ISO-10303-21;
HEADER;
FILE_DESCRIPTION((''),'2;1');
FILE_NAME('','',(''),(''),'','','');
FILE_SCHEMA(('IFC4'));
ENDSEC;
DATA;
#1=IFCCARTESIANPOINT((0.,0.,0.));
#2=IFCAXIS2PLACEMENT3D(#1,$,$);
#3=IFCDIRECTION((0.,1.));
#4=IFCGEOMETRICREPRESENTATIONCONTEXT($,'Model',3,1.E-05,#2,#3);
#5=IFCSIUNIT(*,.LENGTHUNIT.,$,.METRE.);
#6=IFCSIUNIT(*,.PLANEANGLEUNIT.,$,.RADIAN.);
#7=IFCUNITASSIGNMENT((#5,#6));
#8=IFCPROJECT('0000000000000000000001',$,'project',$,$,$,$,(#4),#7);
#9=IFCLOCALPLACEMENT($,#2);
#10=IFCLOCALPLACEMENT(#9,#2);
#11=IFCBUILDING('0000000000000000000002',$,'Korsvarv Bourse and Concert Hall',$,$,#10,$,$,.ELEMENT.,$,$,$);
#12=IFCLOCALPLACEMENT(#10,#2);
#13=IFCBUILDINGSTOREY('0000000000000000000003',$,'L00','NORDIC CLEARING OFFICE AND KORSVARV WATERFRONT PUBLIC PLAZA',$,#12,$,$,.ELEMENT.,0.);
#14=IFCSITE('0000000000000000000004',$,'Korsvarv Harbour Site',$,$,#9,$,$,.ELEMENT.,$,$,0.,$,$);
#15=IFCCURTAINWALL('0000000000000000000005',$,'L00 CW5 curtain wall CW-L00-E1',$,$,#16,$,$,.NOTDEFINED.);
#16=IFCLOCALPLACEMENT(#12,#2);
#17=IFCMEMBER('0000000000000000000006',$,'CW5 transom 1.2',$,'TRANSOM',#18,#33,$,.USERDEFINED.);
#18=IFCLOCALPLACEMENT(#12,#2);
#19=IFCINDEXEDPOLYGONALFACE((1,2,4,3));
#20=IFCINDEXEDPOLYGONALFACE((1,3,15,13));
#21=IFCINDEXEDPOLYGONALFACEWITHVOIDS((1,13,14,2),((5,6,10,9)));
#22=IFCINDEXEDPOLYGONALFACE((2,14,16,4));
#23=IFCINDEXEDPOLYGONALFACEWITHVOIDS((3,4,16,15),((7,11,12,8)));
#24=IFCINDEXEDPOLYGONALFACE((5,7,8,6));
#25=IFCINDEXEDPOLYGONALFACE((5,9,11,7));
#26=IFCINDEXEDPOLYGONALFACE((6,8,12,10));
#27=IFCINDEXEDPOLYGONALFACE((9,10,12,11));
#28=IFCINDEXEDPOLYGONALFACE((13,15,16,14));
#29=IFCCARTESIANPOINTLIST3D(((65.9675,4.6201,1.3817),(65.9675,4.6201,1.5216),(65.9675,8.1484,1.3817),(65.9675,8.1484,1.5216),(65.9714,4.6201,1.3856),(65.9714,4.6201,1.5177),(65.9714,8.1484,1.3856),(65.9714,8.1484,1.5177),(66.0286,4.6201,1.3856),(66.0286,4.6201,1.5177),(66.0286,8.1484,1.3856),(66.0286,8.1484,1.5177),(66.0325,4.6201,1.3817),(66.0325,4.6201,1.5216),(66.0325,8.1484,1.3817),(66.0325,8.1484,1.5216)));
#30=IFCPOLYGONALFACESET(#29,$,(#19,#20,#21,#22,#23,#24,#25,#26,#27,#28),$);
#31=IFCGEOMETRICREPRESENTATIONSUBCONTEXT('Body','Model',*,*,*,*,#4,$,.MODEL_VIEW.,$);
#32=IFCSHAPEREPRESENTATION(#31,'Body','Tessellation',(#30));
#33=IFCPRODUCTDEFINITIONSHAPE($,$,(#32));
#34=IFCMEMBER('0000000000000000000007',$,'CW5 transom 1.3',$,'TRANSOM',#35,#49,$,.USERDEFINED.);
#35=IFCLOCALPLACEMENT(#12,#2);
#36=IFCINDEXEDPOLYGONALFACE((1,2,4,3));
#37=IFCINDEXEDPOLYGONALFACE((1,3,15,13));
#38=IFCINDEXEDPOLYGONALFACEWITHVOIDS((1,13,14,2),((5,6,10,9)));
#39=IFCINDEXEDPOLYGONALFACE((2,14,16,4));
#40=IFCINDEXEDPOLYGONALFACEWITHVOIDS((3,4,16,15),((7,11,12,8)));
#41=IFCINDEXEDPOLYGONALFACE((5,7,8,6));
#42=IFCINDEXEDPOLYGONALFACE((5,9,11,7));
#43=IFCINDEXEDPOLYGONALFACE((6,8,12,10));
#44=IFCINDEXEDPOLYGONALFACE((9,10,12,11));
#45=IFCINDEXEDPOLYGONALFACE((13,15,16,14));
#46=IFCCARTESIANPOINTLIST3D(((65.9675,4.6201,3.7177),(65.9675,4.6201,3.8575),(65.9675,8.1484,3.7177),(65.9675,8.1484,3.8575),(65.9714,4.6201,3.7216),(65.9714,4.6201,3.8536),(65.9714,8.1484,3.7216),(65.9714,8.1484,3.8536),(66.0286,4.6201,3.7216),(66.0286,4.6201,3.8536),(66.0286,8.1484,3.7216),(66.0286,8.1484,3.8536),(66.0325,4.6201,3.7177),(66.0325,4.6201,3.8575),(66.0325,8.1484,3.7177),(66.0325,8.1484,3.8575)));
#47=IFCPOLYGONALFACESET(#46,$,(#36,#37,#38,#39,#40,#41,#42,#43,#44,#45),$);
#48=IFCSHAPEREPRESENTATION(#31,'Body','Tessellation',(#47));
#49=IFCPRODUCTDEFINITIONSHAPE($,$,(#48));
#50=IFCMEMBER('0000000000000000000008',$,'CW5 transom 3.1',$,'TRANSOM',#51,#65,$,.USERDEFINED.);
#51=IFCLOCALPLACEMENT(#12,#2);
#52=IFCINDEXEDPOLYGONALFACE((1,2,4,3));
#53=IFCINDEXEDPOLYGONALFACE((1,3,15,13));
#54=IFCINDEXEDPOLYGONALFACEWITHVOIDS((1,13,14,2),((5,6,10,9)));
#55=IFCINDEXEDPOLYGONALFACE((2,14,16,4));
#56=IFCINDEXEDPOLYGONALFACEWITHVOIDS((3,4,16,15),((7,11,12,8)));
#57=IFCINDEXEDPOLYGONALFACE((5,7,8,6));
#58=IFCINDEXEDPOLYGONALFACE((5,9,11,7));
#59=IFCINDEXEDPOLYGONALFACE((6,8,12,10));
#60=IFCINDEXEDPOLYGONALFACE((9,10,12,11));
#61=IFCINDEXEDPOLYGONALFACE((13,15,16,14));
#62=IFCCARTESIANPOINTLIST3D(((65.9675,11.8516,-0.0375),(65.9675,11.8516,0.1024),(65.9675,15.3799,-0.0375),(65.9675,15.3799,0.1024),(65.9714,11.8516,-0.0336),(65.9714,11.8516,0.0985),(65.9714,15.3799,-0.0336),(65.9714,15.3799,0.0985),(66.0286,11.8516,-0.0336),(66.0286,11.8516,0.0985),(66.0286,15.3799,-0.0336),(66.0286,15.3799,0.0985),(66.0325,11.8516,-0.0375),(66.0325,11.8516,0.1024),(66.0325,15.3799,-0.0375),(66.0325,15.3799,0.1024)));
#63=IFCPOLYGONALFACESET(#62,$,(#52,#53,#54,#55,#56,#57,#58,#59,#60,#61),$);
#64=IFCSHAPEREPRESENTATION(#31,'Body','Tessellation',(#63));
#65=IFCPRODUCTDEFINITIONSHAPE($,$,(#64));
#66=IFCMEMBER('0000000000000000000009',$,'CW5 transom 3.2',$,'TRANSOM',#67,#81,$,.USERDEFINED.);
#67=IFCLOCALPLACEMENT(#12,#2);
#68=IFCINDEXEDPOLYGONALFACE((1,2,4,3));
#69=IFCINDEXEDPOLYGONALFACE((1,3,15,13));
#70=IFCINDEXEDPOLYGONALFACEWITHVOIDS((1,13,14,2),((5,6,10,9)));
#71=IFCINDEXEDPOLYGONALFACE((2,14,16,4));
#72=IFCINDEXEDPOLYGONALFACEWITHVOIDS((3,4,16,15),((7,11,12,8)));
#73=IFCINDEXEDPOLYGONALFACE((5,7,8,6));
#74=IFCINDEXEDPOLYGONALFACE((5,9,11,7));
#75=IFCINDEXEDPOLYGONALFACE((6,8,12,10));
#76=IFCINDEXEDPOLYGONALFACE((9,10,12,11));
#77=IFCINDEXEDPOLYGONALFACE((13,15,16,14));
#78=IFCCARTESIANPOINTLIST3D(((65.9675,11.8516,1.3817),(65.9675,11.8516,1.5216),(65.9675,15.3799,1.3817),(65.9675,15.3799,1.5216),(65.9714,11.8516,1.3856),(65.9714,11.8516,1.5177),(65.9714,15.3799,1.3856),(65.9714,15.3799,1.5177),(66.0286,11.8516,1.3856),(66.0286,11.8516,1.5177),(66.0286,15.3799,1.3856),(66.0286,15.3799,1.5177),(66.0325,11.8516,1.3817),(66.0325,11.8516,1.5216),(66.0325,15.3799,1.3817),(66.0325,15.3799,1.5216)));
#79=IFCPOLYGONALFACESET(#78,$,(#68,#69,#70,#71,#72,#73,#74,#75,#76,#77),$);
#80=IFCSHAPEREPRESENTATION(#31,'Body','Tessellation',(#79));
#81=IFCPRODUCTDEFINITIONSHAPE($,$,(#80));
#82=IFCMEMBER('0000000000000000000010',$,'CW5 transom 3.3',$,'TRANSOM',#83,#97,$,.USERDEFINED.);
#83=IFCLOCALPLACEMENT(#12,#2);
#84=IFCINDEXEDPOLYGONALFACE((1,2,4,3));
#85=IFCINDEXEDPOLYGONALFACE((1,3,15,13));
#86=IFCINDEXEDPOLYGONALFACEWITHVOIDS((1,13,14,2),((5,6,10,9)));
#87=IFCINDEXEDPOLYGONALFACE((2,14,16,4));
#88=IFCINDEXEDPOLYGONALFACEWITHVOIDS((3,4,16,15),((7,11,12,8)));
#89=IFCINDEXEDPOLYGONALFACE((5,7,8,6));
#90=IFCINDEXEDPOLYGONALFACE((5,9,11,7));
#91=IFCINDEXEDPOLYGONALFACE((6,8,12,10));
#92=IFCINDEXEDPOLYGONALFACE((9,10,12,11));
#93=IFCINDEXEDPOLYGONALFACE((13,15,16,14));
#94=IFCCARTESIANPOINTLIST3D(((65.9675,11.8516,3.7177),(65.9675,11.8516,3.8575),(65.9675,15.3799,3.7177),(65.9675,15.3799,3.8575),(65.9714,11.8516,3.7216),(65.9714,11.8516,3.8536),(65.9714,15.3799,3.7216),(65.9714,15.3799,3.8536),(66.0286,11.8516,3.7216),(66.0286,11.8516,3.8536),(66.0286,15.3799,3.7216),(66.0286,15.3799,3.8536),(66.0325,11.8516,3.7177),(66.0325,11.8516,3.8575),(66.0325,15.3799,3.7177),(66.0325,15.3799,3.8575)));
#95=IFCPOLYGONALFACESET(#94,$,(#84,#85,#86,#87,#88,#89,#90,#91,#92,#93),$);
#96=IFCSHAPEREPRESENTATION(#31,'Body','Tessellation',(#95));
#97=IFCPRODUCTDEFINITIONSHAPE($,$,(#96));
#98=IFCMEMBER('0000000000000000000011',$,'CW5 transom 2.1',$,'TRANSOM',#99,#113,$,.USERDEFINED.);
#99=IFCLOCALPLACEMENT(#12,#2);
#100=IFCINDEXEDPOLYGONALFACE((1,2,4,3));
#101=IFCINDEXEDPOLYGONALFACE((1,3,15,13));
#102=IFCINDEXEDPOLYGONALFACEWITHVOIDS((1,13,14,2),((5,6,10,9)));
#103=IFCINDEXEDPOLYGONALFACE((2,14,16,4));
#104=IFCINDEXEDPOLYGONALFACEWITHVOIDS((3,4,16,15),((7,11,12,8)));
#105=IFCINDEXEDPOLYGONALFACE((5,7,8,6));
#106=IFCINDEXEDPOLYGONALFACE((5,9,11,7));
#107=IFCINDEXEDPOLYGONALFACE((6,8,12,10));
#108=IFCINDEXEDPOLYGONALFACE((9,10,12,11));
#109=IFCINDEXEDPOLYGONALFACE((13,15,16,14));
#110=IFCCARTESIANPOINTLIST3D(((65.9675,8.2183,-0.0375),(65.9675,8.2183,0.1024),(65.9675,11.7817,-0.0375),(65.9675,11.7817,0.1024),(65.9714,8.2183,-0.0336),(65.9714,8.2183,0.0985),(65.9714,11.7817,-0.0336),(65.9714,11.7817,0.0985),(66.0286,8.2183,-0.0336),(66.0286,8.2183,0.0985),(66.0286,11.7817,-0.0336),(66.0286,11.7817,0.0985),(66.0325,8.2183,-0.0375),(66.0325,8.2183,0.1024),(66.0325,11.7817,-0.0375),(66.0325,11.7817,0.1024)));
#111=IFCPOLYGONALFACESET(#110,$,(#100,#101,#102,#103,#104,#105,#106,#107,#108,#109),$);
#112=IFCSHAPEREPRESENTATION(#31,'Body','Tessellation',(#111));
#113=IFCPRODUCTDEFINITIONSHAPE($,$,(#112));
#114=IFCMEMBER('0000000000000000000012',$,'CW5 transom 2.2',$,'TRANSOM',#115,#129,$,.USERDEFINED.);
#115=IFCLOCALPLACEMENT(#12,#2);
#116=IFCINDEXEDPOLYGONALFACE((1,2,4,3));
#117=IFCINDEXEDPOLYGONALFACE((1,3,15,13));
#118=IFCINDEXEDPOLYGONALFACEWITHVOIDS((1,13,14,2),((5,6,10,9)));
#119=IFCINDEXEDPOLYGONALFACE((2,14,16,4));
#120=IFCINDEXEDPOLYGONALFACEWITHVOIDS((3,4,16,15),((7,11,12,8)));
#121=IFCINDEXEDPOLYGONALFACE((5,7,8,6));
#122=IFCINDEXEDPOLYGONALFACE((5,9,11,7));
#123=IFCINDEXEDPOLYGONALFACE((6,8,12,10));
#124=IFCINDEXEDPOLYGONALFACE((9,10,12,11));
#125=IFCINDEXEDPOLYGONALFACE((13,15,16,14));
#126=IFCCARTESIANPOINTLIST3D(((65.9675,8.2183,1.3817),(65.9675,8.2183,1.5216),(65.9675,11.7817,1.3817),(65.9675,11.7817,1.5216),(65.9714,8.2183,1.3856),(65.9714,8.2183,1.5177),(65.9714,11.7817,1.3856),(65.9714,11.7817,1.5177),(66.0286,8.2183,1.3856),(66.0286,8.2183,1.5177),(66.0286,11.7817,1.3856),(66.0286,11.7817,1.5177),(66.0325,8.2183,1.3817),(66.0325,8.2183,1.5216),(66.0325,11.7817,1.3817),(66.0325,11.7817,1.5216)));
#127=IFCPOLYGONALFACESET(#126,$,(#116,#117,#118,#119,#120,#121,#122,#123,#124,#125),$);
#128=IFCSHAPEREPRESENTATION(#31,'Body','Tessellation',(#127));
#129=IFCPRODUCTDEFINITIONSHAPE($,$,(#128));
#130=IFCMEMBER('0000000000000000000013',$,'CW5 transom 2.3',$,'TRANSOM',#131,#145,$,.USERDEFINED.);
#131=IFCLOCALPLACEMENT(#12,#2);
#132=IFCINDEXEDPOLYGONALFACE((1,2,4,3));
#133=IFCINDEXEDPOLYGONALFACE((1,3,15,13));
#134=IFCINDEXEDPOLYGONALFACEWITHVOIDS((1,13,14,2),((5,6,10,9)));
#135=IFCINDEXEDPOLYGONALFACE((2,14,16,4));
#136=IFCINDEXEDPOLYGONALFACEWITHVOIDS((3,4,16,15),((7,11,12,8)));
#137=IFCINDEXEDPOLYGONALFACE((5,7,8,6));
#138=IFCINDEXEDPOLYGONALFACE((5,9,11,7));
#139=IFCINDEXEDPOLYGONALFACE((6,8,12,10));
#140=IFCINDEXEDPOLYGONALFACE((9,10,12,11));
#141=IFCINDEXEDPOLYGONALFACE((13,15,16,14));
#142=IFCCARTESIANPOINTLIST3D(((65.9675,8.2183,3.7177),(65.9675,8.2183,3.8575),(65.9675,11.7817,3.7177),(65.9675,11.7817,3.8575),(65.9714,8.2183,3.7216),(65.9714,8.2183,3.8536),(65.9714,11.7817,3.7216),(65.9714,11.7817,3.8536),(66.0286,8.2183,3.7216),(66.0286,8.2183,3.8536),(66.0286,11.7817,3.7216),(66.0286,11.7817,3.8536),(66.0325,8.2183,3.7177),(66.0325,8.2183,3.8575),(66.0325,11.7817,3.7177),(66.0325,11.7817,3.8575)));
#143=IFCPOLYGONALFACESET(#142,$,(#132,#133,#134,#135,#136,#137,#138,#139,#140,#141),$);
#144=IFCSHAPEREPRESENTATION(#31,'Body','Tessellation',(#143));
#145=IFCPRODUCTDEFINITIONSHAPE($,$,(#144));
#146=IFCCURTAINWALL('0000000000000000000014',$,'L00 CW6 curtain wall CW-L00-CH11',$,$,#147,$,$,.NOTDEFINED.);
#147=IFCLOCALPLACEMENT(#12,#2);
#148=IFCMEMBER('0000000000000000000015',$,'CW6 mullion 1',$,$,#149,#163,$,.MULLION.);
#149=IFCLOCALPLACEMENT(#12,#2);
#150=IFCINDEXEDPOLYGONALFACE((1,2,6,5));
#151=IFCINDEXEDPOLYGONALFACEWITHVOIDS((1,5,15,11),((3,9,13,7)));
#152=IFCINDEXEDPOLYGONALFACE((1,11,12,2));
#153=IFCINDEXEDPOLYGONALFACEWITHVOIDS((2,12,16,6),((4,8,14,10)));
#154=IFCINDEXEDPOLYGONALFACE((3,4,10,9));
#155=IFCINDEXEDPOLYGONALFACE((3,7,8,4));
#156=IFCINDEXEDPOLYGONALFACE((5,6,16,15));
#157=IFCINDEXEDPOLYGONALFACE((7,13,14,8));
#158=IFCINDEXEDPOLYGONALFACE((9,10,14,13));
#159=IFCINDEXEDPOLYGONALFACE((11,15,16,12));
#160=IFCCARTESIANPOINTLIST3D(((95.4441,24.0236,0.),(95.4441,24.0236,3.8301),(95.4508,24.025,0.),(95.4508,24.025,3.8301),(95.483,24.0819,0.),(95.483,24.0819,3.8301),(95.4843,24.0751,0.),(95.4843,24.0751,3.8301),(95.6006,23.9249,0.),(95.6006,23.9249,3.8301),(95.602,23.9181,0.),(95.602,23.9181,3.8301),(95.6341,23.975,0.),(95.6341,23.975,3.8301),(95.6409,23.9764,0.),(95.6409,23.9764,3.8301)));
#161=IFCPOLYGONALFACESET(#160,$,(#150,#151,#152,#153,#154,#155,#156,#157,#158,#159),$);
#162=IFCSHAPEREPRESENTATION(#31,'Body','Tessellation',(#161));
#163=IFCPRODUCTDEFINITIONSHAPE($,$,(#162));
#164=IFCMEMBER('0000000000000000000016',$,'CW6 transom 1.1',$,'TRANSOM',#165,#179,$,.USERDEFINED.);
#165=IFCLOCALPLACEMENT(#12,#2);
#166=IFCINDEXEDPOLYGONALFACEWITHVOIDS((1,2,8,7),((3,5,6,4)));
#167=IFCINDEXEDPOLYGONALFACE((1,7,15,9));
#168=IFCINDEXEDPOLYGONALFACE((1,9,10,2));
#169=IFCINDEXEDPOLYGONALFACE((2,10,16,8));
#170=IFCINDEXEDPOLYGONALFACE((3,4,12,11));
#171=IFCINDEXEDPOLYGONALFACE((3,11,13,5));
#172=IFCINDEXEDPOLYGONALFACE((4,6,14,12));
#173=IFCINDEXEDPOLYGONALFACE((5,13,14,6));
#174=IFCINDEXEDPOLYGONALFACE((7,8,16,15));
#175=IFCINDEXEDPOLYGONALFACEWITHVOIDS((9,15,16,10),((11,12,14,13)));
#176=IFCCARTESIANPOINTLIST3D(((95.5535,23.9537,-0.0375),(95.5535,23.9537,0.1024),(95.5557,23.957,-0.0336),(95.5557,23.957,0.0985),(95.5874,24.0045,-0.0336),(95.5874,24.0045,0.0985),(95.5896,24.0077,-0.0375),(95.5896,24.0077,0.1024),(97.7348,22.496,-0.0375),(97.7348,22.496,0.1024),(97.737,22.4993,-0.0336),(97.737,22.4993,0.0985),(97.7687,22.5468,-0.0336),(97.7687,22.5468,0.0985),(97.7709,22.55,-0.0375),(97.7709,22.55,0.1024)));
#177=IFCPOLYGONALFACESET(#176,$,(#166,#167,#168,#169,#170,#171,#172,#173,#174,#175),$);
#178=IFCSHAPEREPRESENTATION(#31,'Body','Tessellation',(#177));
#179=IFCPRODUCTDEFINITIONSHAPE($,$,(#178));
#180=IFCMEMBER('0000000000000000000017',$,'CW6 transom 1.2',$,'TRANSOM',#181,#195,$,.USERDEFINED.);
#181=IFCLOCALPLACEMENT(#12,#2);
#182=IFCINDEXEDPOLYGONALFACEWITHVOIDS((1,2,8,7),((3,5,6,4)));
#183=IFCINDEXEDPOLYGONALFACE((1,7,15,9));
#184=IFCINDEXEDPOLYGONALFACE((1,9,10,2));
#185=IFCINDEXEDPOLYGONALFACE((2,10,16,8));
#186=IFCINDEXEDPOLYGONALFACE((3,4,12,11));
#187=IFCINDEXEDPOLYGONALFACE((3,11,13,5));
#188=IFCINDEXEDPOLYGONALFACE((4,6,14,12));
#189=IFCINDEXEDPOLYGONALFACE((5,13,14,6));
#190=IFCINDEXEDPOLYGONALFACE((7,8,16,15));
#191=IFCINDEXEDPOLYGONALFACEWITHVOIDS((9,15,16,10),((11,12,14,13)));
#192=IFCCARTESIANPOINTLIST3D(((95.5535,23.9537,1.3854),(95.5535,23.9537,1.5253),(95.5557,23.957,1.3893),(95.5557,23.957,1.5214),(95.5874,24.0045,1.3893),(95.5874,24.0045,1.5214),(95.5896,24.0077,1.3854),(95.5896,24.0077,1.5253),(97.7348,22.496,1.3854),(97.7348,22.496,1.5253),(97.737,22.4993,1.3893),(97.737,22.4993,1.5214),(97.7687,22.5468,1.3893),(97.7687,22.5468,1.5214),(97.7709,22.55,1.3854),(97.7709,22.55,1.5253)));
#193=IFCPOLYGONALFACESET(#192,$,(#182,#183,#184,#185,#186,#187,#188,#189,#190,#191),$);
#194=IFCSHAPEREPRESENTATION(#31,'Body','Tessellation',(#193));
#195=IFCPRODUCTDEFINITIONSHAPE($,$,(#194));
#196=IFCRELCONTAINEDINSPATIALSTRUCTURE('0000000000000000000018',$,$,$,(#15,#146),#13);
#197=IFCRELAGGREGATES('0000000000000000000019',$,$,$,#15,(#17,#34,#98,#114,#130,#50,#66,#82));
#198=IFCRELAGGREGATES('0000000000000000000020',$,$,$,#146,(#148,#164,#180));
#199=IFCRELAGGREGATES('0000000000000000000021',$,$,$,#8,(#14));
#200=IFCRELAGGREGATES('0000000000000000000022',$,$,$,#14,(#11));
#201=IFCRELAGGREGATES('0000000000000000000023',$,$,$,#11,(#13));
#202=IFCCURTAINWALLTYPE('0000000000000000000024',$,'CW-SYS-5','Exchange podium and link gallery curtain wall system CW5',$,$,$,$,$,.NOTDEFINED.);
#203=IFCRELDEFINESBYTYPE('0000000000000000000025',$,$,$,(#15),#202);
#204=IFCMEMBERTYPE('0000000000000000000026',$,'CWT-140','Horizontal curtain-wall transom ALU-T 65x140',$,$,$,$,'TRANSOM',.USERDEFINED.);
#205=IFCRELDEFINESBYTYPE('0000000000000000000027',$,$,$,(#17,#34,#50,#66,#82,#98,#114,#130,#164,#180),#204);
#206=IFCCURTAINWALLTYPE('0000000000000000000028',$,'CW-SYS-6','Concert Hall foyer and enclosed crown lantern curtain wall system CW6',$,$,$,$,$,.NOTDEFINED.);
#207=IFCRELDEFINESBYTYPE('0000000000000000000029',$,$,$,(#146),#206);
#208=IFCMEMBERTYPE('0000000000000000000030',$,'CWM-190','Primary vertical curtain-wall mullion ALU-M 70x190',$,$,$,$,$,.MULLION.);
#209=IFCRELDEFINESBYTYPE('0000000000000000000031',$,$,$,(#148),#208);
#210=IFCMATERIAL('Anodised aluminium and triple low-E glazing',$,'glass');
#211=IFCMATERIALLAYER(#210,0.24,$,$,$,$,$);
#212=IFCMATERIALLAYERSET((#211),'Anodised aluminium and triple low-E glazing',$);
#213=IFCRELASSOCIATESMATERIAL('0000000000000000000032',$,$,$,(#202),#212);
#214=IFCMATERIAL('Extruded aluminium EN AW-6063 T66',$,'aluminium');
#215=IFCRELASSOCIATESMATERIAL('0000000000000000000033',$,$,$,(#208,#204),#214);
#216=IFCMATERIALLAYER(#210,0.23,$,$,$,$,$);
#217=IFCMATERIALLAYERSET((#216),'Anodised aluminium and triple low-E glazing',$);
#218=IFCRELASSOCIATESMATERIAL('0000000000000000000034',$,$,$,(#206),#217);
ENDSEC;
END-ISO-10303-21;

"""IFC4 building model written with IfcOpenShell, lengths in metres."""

from ifc_helpers import new_model, si_unit, direction, frame, origin, origin_2d, place, context, subcontext, project, spatial, hollow_rectangle, extrude, source, transform, mapped, material, layer, layer_set, material_profile, profile_set, type_object, element, aggregate, save


model = new_model("IFC4")

# Units and contexts
model_context = context("Model", 3, precision=1e-05, world=origin(), true_north=direction((0.0, 1.0)))
body_context = subcontext(model_context, "Body", "Model", "MODEL_VIEW")
ifc_project = project(units=[si_unit("LENGTHUNIT", "METRE"), si_unit("PLANEANGLEUNIT", "RADIAN")], contexts=[model_context])

# Site, building, storey
site_placement = place(None, origin())
site = spatial("IfcSite", under=ifc_project, at=site_placement, Name="Korsvarv Harbour Site", CompositionType="ELEMENT", RefElevation=0.0)
building_placement = place(site_placement, origin())
building = spatial("IfcBuilding", under=site, at=building_placement, Name="Korsvarv Bourse and Concert Hall", CompositionType="ELEMENT")
storey_placement = place(building_placement, origin())
storey = spatial("IfcBuildingStorey", under=building, at=storey_placement, Name="L00", Description="NORDIC CLEARING OFFICE AND KORSVARV WATERFRONT PUBLIC PLAZA", CompositionType="ELEMENT", Elevation=0.0)

# Curtain walls, members
ifc_material_1 = material(Name="Anodised aluminium and triple low-E glazing", Category="glass")
ifc_layer_1 = layer(ifc_material_1, 0.24)
ifc_layer_set_1 = layer_set([ifc_layer_1], Name="Anodised aluminium and triple low-E glazing")
curtain_wall_type_1 = type_object("IfcCurtainWallType", Name="CW-SYS-5", Description="Exchange podium and link gallery curtain wall system CW5", PredefinedType="NOTDEFINED", material=ifc_layer_set_1)
curtain_wall_1_placement = place(storey_placement, origin())
curtain_wall_1 = element("IfcCurtainWall", 1, at=curtain_wall_1_placement, inside=storey, type_object=curtain_wall_type_1, Name="L00 CW5 curtain wall CW-L00-E1", PredefinedType="NOTDEFINED")
ifc_material_2 = material(Name="Extruded aluminium EN AW-6063 T66", Category="aluminium")
ifc_material_profile_1 = material_profile(ifc_material_2, hollow_rectangle(XDim=0.0701, YDim=0.1899, WallThickness=0.0049, at=origin_2d()), Name="ALU-M 70x190")
ifc_profile_set_1 = profile_set([ifc_material_profile_1], Name="Extruded aluminium EN AW-6063 T66")
member_type_1 = type_object("IfcMemberType", Name="CWM-190", Description="Primary vertical curtain-wall mullion ALU-M 70x190", PredefinedType="MULLION", material=ifc_profile_set_1)
ifc_material_profile_2 = material_profile(ifc_material_2, hollow_rectangle(XDim=0.0649, YDim=0.1399, WallThickness=0.0039, at=origin_2d()), Name="ALU-T 65x140")
ifc_profile_set_2 = profile_set([ifc_material_profile_2], Name="Extruded aluminium EN AW-6063 T66")
member_type_2 = type_object("IfcMemberType", Name="CWT-140", Description="Horizontal curtain-wall transom ALU-T 65x140", ElementType="TRANSOM", PredefinedType="USERDEFINED", material=ifc_profile_set_2)
shared_shape_1 = source(origin(), body_context, "Body", "SweptSolid", [
    extrude(hollow_rectangle(XDim=0.0649, YDim=0.1399, WallThickness=0.0039, at=origin_2d()), origin(), (0.0, 0.0, 1.0), 3.5283),
])
member_1_placement = place(storey_placement, frame((66.0, 4.6201, 1.4517), z_axis=(0.0, 1.0, 0.0), x_axis=(-1.0, 0.0, 0.0)))
member_1 = element("IfcMember", 2, at=member_1_placement, type_object=member_type_2, Name="CW5 transom 1.2", ObjectType="TRANSOM", PredefinedType="USERDEFINED", context=body_context, shape_type="MappedRepresentation", body=[
    mapped(shared_shape_1, transform((0.0, 0.0, 0.0), scale=1.0)),
])
member_2_placement = place(storey_placement, frame((66.0, 4.6201, 3.7876), z_axis=(0.0, 1.0, 0.0), x_axis=(-1.0, 0.0, 0.0)))
member_2 = element("IfcMember", 3, at=member_2_placement, type_object=member_type_2, Name="CW5 transom 1.3", ObjectType="TRANSOM", PredefinedType="USERDEFINED", context=body_context, shape_type="MappedRepresentation", body=[
    mapped(shared_shape_1, transform((0.0, 0.0, 0.0), scale=1.0)),
])
member_3_placement = place(storey_placement, frame((66.0, 11.8516, 0.0325), z_axis=(0.0, 1.0, 0.0), x_axis=(-1.0, 0.0, 0.0)))
member_3 = element("IfcMember", 4, at=member_3_placement, type_object=member_type_2, Name="CW5 transom 3.1", ObjectType="TRANSOM", PredefinedType="USERDEFINED", context=body_context, shape_type="MappedRepresentation", body=[
    mapped(shared_shape_1, transform((0.0, 0.0, 0.0), scale=1.0)),
])
member_4_placement = place(storey_placement, frame((66.0, 11.8516, 1.4517), z_axis=(0.0, 1.0, 0.0), x_axis=(-1.0, 0.0, 0.0)))
member_4 = element("IfcMember", 5, at=member_4_placement, type_object=member_type_2, Name="CW5 transom 3.2", ObjectType="TRANSOM", PredefinedType="USERDEFINED", context=body_context, shape_type="MappedRepresentation", body=[
    mapped(shared_shape_1, transform((0.0, 0.0, 0.0), scale=1.0)),
])
member_5_placement = place(storey_placement, frame((66.0, 11.8516, 3.7876), z_axis=(0.0, 1.0, 0.0), x_axis=(-1.0, 0.0, 0.0)))
member_5 = element("IfcMember", 6, at=member_5_placement, type_object=member_type_2, Name="CW5 transom 3.3", ObjectType="TRANSOM", PredefinedType="USERDEFINED", context=body_context, shape_type="MappedRepresentation", body=[
    mapped(shared_shape_1, transform((0.0, 0.0, 0.0), scale=1.0)),
])
shared_shape_2 = source(origin(), body_context, "Body", "SweptSolid", [
    extrude(hollow_rectangle(XDim=0.0649, YDim=0.1399, WallThickness=0.0039, at=origin_2d()), origin(), (0.0, 0.0, 1.0), 3.5635),
])
member_6_placement = place(storey_placement, frame((66.0, 8.2183, 0.0325), z_axis=(0.0, 1.0, 0.0), x_axis=(-1.0, 0.0, 0.0)))
member_6 = element("IfcMember", 7, at=member_6_placement, type_object=member_type_2, Name="CW5 transom 2.1", ObjectType="TRANSOM", PredefinedType="USERDEFINED", context=body_context, shape_type="MappedRepresentation", body=[
    mapped(shared_shape_2, transform((0.0, 0.0, 0.0), scale=1.0)),
])
member_7_placement = place(storey_placement, frame((66.0, 8.2183, 1.4517), z_axis=(0.0, 1.0, 0.0), x_axis=(-1.0, 0.0, 0.0)))
member_7 = element("IfcMember", 8, at=member_7_placement, type_object=member_type_2, Name="CW5 transom 2.2", ObjectType="TRANSOM", PredefinedType="USERDEFINED", context=body_context, shape_type="MappedRepresentation", body=[
    mapped(shared_shape_2, transform((0.0, 0.0, 0.0), scale=1.0)),
])
member_8_placement = place(storey_placement, frame((66.0, 8.2183, 3.7876), z_axis=(0.0, 1.0, 0.0), x_axis=(-1.0, 0.0, 0.0)))
member_8 = element("IfcMember", 9, at=member_8_placement, type_object=member_type_2, Name="CW5 transom 2.3", ObjectType="TRANSOM", PredefinedType="USERDEFINED", context=body_context, shape_type="MappedRepresentation", body=[
    mapped(shared_shape_2, transform((0.0, 0.0, 0.0), scale=1.0)),
])
ifc_layer_2 = layer(ifc_material_1, 0.23)
ifc_layer_set_2 = layer_set([ifc_layer_2], Name="Anodised aluminium and triple low-E glazing")
curtain_wall_type_2 = type_object("IfcCurtainWallType", Name="CW-SYS-6", Description="Concert Hall foyer and enclosed crown lantern curtain wall system CW6", PredefinedType="NOTDEFINED", material=ifc_layer_set_2)
curtain_wall_2_placement = place(storey_placement, origin())
curtain_wall_2 = element("IfcCurtainWall", 10, at=curtain_wall_2_placement, inside=storey, type_object=curtain_wall_type_2, Name="L00 CW6 curtain wall CW-L00-CH11", PredefinedType="NOTDEFINED")
shared_shape_3 = source(origin(), body_context, "Body", "SweptSolid", [
    extrude(hollow_rectangle(XDim=0.0701, YDim=0.1899, WallThickness=0.0049, at=origin_2d()), origin(), (0.0, 0.0, 1.0), 3.8301),
])
member_9_placement = place(storey_placement, frame((95.5425, 24.0, 0.0), z_axis=(0.0, 0.0, 1.0), x_axis=(0.555571, 0.831469, 0.0)))
member_9 = element("IfcMember", 11, at=member_9_placement, type_object=member_type_1, Name="CW6 mullion 1", PredefinedType="MULLION", context=body_context, shape_type="MappedRepresentation", body=[
    mapped(shared_shape_3, transform((0.0, 0.0, 0.0), scale=1.0)),
])
shared_shape_4 = source(origin(), body_context, "Body", "SweptSolid", [
    extrude(hollow_rectangle(XDim=0.0649, YDim=0.1399, WallThickness=0.0039, at=origin_2d()), origin(), (0.0, 0.0, 1.0), 2.6235),
])
member_10_placement = place(storey_placement, frame((95.5715, 23.9807, 0.0325), z_axis=(0.831434, -0.555623, 0.0), x_axis=(0.555623, 0.831434, 0.0)))
member_10 = element("IfcMember", 12, at=member_10_placement, type_object=member_type_2, Name="CW6 transom 1.1", ObjectType="TRANSOM", PredefinedType="USERDEFINED", context=body_context, shape_type="MappedRepresentation", body=[
    mapped(shared_shape_4, transform((0.0, 0.0, 0.0), scale=1.0)),
])
member_11_placement = place(storey_placement, frame((95.5715, 23.9807, 1.4553), z_axis=(0.831434, -0.555623, 0.0), x_axis=(0.555623, 0.831434, 0.0)))
member_11 = element("IfcMember", 13, at=member_11_placement, type_object=member_type_2, Name="CW6 transom 1.2", ObjectType="TRANSOM", PredefinedType="USERDEFINED", context=body_context, shape_type="MappedRepresentation", body=[
    mapped(shared_shape_4, transform((0.0, 0.0, 0.0), scale=1.0)),
])

aggregate(curtain_wall_1, [member_1, member_2, member_6, member_7, member_8, member_3, member_4, member_5])
aggregate(curtain_wall_2, [member_9, member_10, member_11])

save(model, "model.ifc")
